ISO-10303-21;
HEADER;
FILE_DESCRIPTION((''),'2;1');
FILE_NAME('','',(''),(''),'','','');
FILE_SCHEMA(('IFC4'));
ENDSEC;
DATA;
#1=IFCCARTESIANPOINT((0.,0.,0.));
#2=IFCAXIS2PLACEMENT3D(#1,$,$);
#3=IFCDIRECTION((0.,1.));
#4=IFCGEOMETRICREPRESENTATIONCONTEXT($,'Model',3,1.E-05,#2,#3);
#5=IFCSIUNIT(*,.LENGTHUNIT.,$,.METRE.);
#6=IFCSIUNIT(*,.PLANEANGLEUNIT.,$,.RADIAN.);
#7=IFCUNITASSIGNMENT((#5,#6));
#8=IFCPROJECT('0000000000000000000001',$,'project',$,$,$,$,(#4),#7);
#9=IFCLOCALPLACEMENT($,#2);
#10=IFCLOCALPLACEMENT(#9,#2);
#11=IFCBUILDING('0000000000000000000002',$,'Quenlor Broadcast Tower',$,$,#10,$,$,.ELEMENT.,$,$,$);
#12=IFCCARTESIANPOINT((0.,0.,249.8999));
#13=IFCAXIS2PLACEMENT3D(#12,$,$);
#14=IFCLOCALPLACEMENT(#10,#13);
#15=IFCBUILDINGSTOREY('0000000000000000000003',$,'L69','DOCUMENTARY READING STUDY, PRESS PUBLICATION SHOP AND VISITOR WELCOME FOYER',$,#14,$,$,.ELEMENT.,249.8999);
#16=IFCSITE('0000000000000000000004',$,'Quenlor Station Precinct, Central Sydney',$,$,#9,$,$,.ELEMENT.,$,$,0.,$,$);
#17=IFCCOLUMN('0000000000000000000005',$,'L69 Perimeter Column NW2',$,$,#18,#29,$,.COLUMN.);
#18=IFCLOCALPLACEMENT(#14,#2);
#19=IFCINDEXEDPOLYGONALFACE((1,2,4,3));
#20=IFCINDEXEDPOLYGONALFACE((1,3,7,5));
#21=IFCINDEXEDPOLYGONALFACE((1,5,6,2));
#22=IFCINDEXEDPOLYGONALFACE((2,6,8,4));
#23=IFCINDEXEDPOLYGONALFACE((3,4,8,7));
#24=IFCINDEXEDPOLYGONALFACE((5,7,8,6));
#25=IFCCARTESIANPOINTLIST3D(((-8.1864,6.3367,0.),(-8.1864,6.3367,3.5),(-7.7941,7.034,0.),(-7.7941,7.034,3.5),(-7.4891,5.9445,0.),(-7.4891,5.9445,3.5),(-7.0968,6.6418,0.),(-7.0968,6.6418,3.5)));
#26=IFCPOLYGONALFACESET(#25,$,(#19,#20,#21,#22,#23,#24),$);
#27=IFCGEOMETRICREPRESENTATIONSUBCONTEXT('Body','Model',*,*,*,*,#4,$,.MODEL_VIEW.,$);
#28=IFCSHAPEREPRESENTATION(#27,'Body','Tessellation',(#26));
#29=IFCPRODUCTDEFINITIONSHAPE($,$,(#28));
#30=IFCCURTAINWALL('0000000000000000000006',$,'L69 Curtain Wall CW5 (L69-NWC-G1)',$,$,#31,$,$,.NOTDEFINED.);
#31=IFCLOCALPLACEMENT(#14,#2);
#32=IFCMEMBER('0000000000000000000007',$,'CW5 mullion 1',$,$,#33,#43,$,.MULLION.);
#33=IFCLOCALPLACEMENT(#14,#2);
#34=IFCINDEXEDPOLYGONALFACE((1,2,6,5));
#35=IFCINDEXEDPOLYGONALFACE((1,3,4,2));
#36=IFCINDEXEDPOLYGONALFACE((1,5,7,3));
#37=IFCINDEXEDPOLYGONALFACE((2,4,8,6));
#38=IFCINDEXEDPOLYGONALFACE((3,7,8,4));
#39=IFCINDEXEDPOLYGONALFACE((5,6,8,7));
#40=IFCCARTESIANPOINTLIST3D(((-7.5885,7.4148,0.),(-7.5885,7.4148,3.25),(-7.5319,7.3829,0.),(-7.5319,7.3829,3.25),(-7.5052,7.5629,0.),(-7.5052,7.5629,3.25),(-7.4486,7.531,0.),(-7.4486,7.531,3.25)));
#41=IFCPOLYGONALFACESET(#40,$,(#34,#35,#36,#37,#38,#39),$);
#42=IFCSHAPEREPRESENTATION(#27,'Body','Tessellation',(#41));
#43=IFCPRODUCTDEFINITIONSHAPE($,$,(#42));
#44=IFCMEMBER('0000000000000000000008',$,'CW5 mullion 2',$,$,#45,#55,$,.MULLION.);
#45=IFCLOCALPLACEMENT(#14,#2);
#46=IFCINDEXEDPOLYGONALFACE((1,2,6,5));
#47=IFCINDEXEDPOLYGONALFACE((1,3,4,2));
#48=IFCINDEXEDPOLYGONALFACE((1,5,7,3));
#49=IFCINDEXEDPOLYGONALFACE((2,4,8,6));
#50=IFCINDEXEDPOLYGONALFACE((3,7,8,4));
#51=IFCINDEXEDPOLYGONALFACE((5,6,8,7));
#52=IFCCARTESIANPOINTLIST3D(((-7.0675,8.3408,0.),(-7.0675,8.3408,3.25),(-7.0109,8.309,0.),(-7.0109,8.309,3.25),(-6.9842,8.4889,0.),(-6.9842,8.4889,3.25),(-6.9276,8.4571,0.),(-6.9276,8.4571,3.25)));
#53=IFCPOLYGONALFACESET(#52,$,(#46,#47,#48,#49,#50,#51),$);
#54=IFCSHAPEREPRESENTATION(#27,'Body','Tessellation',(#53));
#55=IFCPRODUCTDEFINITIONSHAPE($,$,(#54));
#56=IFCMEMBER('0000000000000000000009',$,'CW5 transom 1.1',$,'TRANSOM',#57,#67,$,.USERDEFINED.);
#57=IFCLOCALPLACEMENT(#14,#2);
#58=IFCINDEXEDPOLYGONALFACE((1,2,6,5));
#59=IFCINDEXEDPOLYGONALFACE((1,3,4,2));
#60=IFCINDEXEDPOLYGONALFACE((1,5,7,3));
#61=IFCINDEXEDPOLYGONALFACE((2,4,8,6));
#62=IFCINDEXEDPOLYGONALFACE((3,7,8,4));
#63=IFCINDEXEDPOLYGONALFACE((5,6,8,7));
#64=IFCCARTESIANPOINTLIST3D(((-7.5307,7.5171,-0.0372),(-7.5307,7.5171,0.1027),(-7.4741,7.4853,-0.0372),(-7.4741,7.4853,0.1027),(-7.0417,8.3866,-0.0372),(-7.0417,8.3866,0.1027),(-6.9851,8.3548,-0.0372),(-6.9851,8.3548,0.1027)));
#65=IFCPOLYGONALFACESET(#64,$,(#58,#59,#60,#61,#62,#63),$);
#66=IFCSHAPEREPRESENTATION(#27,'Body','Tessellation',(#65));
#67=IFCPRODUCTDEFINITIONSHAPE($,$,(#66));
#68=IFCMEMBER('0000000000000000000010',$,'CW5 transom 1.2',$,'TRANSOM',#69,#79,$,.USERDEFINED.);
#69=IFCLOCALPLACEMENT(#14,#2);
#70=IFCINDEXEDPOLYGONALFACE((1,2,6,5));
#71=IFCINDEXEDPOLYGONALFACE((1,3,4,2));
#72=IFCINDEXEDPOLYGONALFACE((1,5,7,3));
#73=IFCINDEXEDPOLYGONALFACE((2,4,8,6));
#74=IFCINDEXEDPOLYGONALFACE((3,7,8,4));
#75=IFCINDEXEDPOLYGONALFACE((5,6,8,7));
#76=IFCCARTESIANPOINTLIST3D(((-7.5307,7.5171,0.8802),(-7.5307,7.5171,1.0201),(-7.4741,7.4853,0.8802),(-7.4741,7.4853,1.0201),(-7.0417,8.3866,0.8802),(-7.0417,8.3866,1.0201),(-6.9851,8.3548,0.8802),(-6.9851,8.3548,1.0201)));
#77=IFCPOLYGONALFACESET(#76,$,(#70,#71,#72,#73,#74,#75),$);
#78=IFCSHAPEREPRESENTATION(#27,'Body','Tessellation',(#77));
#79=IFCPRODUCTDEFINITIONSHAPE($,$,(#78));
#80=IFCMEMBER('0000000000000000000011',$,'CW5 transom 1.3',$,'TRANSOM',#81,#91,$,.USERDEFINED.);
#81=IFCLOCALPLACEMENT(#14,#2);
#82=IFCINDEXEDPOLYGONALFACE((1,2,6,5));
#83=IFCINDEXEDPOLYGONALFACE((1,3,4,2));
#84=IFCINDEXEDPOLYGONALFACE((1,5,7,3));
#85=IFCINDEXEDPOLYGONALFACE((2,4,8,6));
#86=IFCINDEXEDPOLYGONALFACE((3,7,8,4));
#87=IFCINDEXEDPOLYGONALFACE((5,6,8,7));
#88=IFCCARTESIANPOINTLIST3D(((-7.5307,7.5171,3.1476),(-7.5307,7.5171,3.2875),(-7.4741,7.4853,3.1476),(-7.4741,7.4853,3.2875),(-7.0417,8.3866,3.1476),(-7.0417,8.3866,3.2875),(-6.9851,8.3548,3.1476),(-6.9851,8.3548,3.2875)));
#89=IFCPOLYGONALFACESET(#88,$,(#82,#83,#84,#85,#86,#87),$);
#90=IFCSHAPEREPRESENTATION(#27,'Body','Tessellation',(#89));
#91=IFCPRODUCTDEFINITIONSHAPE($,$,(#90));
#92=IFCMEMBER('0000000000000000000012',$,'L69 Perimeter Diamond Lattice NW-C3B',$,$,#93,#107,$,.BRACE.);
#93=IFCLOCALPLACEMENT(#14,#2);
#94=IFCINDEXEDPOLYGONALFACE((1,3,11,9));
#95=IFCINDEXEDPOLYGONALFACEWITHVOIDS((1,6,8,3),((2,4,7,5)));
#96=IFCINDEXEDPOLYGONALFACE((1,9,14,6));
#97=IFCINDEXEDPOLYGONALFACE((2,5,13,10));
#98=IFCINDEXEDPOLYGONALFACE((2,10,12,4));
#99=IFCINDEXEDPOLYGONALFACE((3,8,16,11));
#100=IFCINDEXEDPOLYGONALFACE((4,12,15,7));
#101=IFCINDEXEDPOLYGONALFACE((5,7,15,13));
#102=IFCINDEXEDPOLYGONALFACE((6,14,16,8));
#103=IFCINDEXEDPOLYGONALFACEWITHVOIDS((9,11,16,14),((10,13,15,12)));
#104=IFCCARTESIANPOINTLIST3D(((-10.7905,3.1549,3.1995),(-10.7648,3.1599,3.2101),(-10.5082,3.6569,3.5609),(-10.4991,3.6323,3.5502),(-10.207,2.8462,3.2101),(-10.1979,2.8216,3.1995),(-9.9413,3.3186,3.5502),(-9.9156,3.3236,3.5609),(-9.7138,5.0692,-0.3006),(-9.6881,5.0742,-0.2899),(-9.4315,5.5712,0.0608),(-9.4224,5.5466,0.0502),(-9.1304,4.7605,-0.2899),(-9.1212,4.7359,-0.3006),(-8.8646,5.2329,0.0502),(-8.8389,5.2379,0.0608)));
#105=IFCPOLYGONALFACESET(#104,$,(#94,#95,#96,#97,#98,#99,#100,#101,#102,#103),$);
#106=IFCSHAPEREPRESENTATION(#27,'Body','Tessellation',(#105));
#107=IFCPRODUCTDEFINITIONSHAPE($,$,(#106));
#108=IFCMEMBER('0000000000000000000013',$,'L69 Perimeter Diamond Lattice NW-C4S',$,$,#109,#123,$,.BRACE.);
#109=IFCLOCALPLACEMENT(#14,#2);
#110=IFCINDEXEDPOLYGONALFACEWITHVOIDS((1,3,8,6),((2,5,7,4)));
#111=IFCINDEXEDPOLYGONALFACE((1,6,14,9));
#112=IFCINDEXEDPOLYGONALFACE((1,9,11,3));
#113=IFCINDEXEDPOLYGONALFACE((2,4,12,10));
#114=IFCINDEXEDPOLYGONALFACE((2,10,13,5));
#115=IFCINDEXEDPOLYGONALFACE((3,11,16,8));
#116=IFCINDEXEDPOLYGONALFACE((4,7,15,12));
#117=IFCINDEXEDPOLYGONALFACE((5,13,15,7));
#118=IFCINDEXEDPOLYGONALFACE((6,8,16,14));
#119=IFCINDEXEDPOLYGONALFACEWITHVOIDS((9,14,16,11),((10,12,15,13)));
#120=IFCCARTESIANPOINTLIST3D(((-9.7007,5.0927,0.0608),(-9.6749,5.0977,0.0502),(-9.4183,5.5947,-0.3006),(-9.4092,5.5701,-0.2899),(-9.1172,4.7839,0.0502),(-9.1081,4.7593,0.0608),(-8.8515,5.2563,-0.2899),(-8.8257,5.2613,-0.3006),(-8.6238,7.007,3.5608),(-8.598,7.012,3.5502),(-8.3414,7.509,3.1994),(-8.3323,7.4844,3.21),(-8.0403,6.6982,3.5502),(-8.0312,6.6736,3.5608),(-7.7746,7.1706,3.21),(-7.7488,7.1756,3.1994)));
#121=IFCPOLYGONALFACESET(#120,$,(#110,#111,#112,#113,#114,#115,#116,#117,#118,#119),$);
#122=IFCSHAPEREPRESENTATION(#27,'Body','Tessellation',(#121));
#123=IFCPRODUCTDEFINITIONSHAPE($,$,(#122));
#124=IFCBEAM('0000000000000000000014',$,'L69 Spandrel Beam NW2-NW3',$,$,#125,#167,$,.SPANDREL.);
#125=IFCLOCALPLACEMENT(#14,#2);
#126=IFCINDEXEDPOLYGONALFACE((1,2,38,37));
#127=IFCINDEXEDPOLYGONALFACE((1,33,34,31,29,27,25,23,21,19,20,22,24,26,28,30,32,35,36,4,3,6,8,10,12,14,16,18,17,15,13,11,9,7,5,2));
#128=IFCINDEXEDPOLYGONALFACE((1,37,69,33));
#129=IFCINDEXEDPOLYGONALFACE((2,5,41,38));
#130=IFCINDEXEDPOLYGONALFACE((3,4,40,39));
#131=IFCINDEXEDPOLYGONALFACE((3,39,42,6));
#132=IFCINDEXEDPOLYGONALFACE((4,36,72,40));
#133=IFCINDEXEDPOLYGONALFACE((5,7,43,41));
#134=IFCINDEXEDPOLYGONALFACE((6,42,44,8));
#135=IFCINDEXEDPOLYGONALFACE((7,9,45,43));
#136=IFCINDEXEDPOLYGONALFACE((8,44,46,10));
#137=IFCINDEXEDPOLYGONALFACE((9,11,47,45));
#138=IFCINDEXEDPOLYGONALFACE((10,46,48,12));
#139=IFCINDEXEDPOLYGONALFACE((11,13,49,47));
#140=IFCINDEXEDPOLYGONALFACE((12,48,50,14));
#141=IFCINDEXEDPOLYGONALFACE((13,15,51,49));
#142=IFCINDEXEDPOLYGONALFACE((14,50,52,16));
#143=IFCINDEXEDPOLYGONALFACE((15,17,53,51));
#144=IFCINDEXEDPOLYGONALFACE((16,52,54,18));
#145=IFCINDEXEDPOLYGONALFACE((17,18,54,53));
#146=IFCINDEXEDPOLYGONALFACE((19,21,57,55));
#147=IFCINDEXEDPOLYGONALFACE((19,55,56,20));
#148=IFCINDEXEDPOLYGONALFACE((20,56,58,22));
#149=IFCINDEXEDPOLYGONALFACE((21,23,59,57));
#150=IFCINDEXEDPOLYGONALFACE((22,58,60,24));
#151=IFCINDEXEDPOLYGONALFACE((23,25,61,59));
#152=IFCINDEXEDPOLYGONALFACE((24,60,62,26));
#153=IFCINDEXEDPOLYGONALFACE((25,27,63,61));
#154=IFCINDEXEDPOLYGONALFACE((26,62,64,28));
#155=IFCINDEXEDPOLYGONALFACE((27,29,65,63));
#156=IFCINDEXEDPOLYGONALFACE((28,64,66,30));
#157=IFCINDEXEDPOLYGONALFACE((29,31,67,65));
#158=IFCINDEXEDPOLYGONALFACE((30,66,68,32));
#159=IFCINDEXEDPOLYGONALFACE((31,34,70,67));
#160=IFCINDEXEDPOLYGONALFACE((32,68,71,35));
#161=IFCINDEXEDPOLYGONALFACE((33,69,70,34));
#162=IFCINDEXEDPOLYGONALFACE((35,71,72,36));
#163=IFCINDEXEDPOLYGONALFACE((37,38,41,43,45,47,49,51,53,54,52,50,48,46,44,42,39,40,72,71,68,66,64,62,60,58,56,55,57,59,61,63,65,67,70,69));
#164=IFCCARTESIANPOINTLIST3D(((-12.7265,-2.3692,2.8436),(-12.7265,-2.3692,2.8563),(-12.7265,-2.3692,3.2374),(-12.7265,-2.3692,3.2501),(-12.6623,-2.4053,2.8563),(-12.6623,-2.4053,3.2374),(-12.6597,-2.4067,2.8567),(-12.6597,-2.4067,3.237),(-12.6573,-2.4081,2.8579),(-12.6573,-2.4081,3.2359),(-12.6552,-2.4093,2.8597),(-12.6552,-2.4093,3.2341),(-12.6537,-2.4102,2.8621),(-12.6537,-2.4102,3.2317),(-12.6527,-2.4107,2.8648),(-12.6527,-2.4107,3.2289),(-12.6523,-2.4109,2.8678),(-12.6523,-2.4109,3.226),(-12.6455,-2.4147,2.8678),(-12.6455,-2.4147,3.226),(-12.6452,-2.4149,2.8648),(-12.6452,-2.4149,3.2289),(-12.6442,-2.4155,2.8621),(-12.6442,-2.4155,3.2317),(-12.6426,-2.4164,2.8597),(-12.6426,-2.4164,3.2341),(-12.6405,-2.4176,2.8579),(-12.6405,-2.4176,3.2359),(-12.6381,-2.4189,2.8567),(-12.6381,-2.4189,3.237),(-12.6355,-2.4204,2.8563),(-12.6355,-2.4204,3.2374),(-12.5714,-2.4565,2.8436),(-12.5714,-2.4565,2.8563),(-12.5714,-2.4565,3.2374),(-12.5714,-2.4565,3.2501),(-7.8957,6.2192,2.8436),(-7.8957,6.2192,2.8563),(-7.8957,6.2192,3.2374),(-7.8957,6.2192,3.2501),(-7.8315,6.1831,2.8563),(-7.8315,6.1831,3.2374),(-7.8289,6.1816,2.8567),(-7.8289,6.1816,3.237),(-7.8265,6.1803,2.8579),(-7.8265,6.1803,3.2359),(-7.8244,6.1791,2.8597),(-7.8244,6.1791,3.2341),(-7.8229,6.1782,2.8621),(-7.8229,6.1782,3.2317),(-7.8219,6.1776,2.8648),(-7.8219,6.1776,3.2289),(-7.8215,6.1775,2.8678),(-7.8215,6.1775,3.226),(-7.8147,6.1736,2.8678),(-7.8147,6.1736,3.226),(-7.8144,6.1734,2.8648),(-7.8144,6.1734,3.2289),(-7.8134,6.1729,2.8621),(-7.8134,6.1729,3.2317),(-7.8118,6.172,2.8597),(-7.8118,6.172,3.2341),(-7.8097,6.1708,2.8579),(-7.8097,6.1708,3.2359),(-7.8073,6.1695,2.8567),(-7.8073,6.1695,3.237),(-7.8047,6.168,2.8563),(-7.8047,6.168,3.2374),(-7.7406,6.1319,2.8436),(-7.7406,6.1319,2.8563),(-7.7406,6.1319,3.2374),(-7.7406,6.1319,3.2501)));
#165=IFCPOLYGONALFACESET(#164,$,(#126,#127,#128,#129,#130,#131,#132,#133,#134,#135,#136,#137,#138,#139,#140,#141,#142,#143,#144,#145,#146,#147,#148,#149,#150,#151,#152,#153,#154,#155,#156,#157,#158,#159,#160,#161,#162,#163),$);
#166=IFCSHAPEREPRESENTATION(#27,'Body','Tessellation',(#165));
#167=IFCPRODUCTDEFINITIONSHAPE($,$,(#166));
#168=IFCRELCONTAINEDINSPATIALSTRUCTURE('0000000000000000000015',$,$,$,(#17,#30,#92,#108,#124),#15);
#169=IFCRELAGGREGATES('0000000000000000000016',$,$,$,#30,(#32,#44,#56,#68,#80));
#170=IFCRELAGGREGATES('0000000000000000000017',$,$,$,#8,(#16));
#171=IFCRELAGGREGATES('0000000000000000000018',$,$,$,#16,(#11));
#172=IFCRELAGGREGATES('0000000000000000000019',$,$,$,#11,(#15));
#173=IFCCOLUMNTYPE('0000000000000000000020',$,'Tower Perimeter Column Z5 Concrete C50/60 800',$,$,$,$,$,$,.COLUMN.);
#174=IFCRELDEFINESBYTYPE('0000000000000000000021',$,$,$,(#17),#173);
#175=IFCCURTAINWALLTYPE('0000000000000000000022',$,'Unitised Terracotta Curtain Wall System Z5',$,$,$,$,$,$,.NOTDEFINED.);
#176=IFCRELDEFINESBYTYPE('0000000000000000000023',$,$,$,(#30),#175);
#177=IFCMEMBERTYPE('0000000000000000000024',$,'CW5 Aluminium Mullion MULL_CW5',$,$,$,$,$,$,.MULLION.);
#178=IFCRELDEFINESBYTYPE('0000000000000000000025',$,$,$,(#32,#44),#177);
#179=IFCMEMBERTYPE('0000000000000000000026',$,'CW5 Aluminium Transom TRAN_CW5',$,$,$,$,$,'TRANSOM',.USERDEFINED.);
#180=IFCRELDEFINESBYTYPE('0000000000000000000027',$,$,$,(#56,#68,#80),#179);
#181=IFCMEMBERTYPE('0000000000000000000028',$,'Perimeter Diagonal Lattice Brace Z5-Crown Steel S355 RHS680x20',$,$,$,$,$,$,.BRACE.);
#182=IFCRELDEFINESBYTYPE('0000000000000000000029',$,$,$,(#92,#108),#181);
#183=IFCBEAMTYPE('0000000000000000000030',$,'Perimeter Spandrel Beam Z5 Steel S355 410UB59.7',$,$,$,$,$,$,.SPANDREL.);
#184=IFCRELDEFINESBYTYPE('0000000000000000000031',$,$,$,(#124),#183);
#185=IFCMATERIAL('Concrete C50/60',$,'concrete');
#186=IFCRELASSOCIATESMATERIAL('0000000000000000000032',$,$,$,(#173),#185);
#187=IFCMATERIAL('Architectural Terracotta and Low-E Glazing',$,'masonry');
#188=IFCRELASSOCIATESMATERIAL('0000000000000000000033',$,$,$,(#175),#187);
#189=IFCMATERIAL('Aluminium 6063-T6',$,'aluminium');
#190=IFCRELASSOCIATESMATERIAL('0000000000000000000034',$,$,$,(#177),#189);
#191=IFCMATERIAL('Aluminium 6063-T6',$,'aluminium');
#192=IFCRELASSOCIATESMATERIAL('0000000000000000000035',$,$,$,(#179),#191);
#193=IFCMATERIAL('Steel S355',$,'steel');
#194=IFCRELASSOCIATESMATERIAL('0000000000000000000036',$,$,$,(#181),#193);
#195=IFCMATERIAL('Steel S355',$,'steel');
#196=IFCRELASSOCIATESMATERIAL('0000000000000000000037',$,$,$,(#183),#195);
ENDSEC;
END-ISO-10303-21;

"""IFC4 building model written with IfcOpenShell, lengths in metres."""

from ifc_helpers import new_model, si_unit, direction, frame, origin, origin_2d, place, context, subcontext, project, spatial, rectangle, hollow_rectangle, i_section, extrude, material, material_profile, profile_set, type_object, element, aggregate, save


model = new_model("IFC4")

# Units and contexts
model_context = context("Model", 3, precision=1e-05, world=origin(), true_north=direction((0.0, 1.0)))
body_context = subcontext(model_context, "Body", "Model", "MODEL_VIEW")
ifc_project = project(units=[si_unit("LENGTHUNIT", "METRE"), si_unit("PLANEANGLEUNIT", "RADIAN")], contexts=[model_context])

# Site, building, storey
site_placement = place(None, origin())
site = spatial("IfcSite", under=ifc_project, at=site_placement, Name="Quenlor Station Precinct, Central Sydney", CompositionType="ELEMENT", RefElevation=0.0)
building_placement = place(site_placement, origin())
building = spatial("IfcBuilding", under=site, at=building_placement, Name="Quenlor Broadcast Tower", CompositionType="ELEMENT")
storey_placement = place(building_placement, frame((0.0, 0.0, 249.8999)))
storey = spatial("IfcBuildingStorey", under=building, at=storey_placement, Name="L69", Description="DOCUMENTARY READING STUDY, PRESS PUBLICATION SHOP AND VISITOR WELCOME FOYER", CompositionType="ELEMENT", Elevation=249.8999)

# Column
ifc_material_1 = material(Name="Concrete C50/60", Category="concrete")
ifc_material_profile_1 = material_profile(ifc_material_1, rectangle(XDim=0.8, YDim=0.8, at=origin_2d()))
ifc_profile_set_1 = profile_set([ifc_material_profile_1], Name="Concrete C50/60 RC800x800")
column_type = type_object("IfcColumnType", Name="Tower Perimeter Column Z5 Concrete C50/60 800", PredefinedType="COLUMN", material=ifc_profile_set_1)
column_placement = place(storey_placement, frame((-7.6416, 6.4893, 0.0), z_axis=(0.0, 0.0, 1.0), x_axis=(-0.871575, 0.490262, 0.0)))
element("IfcColumn", 1, at=column_placement, inside=storey, type_object=column_type, Name="L69 Perimeter Column NW2", PredefinedType="COLUMN", context=body_context, shape_type="SweptSolid", body=[
    extrude(rectangle(XDim=0.8, YDim=0.8, at=origin_2d()), origin(), (0.0, 0.0, 1.0), 3.5),
])

# Curtain wall, members
ifc_material_2 = material(Name="Architectural Terracotta and Low-E Glazing", Category="masonry")
curtain_wall_type = type_object("IfcCurtainWallType", Name="Unitised Terracotta Curtain Wall System Z5", PredefinedType="NOTDEFINED", material=ifc_material_2)
curtain_wall_placement = place(storey_placement, origin())
curtain_wall = element("IfcCurtainWall", 2, at=curtain_wall_placement, inside=storey, type_object=curtain_wall_type, Name="L69 Curtain Wall CW5 (L69-NWC-G1)", PredefinedType="NOTDEFINED")
ifc_material_3 = material(Name="Aluminium 6063-T6", Category="aluminium")
ifc_material_profile_2 = material_profile(ifc_material_3, rectangle(XDim=0.0649, YDim=0.1699, at=origin_2d()))
ifc_profile_set_2 = profile_set([ifc_material_profile_2], Name="Aluminium 6063-T6 MULL65x170")
member_type_1 = type_object("IfcMemberType", Name="CW5 Aluminium Mullion MULL_CW5", PredefinedType="MULLION", material=ifc_profile_set_2)
member_1_placement = place(storey_placement, frame((-7.5186, 7.4729, 0.0), z_axis=(0.0, 0.0, 1.0), x_axis=(-0.871564, 0.490282, 0.0)))
member_1 = element("IfcMember", 3, at=member_1_placement, type_object=member_type_1, Name="CW5 mullion 1", PredefinedType="MULLION", context=body_context, shape_type="SweptSolid", body=[
    extrude(rectangle(XDim=0.0649, YDim=0.1699, at=origin_2d()), origin(), (0.0, 0.0, 1.0), 3.25),
])
member_2_placement = place(storey_placement, frame((-6.9976, 8.3989, 0.0), z_axis=(0.0, 0.0, 1.0), x_axis=(-0.871564, 0.490282, 0.0)))
member_2 = element("IfcMember", 4, at=member_2_placement, type_object=member_type_1, Name="CW5 mullion 2", PredefinedType="MULLION", context=body_context, shape_type="SweptSolid", body=[
    extrude(rectangle(XDim=0.0649, YDim=0.1699, at=origin_2d()), origin(), (0.0, 0.0, 1.0), 3.25),
])
ifc_material_4 = material(Name="Aluminium 6063-T6", Category="aluminium")
ifc_material_profile_3 = material_profile(ifc_material_4, rectangle(XDim=0.0649, YDim=0.1399, at=origin_2d()))
ifc_profile_set_3 = profile_set([ifc_material_profile_3], Name="Aluminium 6063-T6 TRAN65x140")
member_type_2 = type_object("IfcMemberType", Name="CW5 Aluminium Transom TRAN_CW5", ElementType="TRANSOM", PredefinedType="USERDEFINED", material=ifc_profile_set_3)
member_3_placement = place(storey_placement, frame((-7.5024, 7.5012, 0.0327), z_axis=(0.49025, 0.871582, 0.0), x_axis=(-0.871582, 0.49025, 0.0)))
member_3 = element("IfcMember", 5, at=member_3_placement, type_object=member_type_2, Name="CW5 transom 1.1", ObjectType="TRANSOM", PredefinedType="USERDEFINED", context=body_context, shape_type="SweptSolid", body=[
    extrude(rectangle(XDim=0.0649, YDim=0.1399, at=origin_2d()), origin(), (0.0, 0.0, 1.0), 0.9976),
])
member_4_placement = place(storey_placement, frame((-7.5024, 7.5012, 0.9502), z_axis=(0.49025, 0.871582, 0.0), x_axis=(-0.871582, 0.49025, 0.0)))
member_4 = element("IfcMember", 6, at=member_4_placement, type_object=member_type_2, Name="CW5 transom 1.2", ObjectType="TRANSOM", PredefinedType="USERDEFINED", context=body_context, shape_type="SweptSolid", body=[
    extrude(rectangle(XDim=0.0649, YDim=0.1399, at=origin_2d()), origin(), (0.0, 0.0, 1.0), 0.9976),
])
member_5_placement = place(storey_placement, frame((-7.5024, 7.5012, 3.2175), z_axis=(0.49025, 0.871582, 0.0), x_axis=(-0.871582, 0.49025, 0.0)))
member_5 = element("IfcMember", 7, at=member_5_placement, type_object=member_type_2, Name="CW5 transom 1.3", ObjectType="TRANSOM", PredefinedType="USERDEFINED", context=body_context, shape_type="SweptSolid", body=[
    extrude(rectangle(XDim=0.0649, YDim=0.1399, at=origin_2d()), origin(), (0.0, 0.0, 1.0), 0.9976),
])

# Members
ifc_material_5 = material(Name="Steel S355", Category="steel")
ifc_material_profile_4 = material_profile(ifc_material_5, hollow_rectangle(XDim=0.6799, YDim=0.6799, WallThickness=0.02, at=origin_2d()))
ifc_profile_set_4 = profile_set([ifc_material_profile_4], Name="Steel S355 RHS680x680x20")
member_type_3 = type_object("IfcMemberType", Name="Perimeter Diagonal Lattice Brace Z5-Crown Steel S355 RHS680x20", PredefinedType="BRACE", material=ifc_profile_set_4)
for number, where, z_axis, x_axis, name in (
    (8, (-9.2764, 5.1536, -0.1199), (-0.260564, -0.463283, 0.847039), (0.871602, -0.490214, 0.0), "L69 Perimeter Diamond Lattice NW-C3B"),
    (9, (-9.2632, 5.177, -0.1199), (0.260619, 0.463276, 0.847026), (-0.871555, 0.490298, 0.0), "L69 Perimeter Diamond Lattice NW-C4S"),
):
    element("IfcMember", number, at=place(storey_placement, frame(where, z_axis=z_axis, x_axis=x_axis)), inside=storey, type_object=member_type_3, Name=name, PredefinedType="BRACE", context=body_context, shape_type="SweptSolid", body=[
        extrude(hollow_rectangle(XDim=0.6799, YDim=0.6799, WallThickness=0.02, at=origin_2d()), origin(), (0.0, 0.0, 1.0), 4.1321),
    ])

# Beam
ifc_material_6 = material(Name="Steel S355", Category="steel")
ifc_material_profile_5 = material_profile(ifc_material_6, i_section(OverallWidth=0.178, OverallDepth=0.4065, WebThickness=0.0078, FlangeThickness=0.0127, FilletRadius=0.0115, at=origin_2d()))
ifc_profile_set_5 = profile_set([ifc_material_profile_5], Name="Steel S355 410UB59.7")
beam_type_1 = type_object("IfcBeamType", Name="Perimeter Spandrel Beam Z5 Steel S355 410UB59.7", PredefinedType="SPANDREL", material=ifc_profile_set_5)
beam_1_placement = place(storey_placement, frame((-7.8181, 6.1755, 3.0469), z_axis=(-0.490249, -0.871582, 0.0), x_axis=(0.871582, -0.490249, 0.0)))
element("IfcBeam", 10, at=beam_1_placement, inside=storey, type_object=beam_type_1, Name="L69 Spandrel Beam NW2-NW3", PredefinedType="SPANDREL", context=body_context, shape_type="SweptSolid", body=[
    extrude(i_section(OverallWidth=0.178, OverallDepth=0.4065, WebThickness=0.0078, FlangeThickness=0.0127, FilletRadius=0.0115, at=origin_2d()), origin(), (0.0, 0.0, 1.0), 9.8538),
])

aggregate(curtain_wall, [member_1, member_2, member_3, member_4, member_5])

save(model, "model.ifc")
